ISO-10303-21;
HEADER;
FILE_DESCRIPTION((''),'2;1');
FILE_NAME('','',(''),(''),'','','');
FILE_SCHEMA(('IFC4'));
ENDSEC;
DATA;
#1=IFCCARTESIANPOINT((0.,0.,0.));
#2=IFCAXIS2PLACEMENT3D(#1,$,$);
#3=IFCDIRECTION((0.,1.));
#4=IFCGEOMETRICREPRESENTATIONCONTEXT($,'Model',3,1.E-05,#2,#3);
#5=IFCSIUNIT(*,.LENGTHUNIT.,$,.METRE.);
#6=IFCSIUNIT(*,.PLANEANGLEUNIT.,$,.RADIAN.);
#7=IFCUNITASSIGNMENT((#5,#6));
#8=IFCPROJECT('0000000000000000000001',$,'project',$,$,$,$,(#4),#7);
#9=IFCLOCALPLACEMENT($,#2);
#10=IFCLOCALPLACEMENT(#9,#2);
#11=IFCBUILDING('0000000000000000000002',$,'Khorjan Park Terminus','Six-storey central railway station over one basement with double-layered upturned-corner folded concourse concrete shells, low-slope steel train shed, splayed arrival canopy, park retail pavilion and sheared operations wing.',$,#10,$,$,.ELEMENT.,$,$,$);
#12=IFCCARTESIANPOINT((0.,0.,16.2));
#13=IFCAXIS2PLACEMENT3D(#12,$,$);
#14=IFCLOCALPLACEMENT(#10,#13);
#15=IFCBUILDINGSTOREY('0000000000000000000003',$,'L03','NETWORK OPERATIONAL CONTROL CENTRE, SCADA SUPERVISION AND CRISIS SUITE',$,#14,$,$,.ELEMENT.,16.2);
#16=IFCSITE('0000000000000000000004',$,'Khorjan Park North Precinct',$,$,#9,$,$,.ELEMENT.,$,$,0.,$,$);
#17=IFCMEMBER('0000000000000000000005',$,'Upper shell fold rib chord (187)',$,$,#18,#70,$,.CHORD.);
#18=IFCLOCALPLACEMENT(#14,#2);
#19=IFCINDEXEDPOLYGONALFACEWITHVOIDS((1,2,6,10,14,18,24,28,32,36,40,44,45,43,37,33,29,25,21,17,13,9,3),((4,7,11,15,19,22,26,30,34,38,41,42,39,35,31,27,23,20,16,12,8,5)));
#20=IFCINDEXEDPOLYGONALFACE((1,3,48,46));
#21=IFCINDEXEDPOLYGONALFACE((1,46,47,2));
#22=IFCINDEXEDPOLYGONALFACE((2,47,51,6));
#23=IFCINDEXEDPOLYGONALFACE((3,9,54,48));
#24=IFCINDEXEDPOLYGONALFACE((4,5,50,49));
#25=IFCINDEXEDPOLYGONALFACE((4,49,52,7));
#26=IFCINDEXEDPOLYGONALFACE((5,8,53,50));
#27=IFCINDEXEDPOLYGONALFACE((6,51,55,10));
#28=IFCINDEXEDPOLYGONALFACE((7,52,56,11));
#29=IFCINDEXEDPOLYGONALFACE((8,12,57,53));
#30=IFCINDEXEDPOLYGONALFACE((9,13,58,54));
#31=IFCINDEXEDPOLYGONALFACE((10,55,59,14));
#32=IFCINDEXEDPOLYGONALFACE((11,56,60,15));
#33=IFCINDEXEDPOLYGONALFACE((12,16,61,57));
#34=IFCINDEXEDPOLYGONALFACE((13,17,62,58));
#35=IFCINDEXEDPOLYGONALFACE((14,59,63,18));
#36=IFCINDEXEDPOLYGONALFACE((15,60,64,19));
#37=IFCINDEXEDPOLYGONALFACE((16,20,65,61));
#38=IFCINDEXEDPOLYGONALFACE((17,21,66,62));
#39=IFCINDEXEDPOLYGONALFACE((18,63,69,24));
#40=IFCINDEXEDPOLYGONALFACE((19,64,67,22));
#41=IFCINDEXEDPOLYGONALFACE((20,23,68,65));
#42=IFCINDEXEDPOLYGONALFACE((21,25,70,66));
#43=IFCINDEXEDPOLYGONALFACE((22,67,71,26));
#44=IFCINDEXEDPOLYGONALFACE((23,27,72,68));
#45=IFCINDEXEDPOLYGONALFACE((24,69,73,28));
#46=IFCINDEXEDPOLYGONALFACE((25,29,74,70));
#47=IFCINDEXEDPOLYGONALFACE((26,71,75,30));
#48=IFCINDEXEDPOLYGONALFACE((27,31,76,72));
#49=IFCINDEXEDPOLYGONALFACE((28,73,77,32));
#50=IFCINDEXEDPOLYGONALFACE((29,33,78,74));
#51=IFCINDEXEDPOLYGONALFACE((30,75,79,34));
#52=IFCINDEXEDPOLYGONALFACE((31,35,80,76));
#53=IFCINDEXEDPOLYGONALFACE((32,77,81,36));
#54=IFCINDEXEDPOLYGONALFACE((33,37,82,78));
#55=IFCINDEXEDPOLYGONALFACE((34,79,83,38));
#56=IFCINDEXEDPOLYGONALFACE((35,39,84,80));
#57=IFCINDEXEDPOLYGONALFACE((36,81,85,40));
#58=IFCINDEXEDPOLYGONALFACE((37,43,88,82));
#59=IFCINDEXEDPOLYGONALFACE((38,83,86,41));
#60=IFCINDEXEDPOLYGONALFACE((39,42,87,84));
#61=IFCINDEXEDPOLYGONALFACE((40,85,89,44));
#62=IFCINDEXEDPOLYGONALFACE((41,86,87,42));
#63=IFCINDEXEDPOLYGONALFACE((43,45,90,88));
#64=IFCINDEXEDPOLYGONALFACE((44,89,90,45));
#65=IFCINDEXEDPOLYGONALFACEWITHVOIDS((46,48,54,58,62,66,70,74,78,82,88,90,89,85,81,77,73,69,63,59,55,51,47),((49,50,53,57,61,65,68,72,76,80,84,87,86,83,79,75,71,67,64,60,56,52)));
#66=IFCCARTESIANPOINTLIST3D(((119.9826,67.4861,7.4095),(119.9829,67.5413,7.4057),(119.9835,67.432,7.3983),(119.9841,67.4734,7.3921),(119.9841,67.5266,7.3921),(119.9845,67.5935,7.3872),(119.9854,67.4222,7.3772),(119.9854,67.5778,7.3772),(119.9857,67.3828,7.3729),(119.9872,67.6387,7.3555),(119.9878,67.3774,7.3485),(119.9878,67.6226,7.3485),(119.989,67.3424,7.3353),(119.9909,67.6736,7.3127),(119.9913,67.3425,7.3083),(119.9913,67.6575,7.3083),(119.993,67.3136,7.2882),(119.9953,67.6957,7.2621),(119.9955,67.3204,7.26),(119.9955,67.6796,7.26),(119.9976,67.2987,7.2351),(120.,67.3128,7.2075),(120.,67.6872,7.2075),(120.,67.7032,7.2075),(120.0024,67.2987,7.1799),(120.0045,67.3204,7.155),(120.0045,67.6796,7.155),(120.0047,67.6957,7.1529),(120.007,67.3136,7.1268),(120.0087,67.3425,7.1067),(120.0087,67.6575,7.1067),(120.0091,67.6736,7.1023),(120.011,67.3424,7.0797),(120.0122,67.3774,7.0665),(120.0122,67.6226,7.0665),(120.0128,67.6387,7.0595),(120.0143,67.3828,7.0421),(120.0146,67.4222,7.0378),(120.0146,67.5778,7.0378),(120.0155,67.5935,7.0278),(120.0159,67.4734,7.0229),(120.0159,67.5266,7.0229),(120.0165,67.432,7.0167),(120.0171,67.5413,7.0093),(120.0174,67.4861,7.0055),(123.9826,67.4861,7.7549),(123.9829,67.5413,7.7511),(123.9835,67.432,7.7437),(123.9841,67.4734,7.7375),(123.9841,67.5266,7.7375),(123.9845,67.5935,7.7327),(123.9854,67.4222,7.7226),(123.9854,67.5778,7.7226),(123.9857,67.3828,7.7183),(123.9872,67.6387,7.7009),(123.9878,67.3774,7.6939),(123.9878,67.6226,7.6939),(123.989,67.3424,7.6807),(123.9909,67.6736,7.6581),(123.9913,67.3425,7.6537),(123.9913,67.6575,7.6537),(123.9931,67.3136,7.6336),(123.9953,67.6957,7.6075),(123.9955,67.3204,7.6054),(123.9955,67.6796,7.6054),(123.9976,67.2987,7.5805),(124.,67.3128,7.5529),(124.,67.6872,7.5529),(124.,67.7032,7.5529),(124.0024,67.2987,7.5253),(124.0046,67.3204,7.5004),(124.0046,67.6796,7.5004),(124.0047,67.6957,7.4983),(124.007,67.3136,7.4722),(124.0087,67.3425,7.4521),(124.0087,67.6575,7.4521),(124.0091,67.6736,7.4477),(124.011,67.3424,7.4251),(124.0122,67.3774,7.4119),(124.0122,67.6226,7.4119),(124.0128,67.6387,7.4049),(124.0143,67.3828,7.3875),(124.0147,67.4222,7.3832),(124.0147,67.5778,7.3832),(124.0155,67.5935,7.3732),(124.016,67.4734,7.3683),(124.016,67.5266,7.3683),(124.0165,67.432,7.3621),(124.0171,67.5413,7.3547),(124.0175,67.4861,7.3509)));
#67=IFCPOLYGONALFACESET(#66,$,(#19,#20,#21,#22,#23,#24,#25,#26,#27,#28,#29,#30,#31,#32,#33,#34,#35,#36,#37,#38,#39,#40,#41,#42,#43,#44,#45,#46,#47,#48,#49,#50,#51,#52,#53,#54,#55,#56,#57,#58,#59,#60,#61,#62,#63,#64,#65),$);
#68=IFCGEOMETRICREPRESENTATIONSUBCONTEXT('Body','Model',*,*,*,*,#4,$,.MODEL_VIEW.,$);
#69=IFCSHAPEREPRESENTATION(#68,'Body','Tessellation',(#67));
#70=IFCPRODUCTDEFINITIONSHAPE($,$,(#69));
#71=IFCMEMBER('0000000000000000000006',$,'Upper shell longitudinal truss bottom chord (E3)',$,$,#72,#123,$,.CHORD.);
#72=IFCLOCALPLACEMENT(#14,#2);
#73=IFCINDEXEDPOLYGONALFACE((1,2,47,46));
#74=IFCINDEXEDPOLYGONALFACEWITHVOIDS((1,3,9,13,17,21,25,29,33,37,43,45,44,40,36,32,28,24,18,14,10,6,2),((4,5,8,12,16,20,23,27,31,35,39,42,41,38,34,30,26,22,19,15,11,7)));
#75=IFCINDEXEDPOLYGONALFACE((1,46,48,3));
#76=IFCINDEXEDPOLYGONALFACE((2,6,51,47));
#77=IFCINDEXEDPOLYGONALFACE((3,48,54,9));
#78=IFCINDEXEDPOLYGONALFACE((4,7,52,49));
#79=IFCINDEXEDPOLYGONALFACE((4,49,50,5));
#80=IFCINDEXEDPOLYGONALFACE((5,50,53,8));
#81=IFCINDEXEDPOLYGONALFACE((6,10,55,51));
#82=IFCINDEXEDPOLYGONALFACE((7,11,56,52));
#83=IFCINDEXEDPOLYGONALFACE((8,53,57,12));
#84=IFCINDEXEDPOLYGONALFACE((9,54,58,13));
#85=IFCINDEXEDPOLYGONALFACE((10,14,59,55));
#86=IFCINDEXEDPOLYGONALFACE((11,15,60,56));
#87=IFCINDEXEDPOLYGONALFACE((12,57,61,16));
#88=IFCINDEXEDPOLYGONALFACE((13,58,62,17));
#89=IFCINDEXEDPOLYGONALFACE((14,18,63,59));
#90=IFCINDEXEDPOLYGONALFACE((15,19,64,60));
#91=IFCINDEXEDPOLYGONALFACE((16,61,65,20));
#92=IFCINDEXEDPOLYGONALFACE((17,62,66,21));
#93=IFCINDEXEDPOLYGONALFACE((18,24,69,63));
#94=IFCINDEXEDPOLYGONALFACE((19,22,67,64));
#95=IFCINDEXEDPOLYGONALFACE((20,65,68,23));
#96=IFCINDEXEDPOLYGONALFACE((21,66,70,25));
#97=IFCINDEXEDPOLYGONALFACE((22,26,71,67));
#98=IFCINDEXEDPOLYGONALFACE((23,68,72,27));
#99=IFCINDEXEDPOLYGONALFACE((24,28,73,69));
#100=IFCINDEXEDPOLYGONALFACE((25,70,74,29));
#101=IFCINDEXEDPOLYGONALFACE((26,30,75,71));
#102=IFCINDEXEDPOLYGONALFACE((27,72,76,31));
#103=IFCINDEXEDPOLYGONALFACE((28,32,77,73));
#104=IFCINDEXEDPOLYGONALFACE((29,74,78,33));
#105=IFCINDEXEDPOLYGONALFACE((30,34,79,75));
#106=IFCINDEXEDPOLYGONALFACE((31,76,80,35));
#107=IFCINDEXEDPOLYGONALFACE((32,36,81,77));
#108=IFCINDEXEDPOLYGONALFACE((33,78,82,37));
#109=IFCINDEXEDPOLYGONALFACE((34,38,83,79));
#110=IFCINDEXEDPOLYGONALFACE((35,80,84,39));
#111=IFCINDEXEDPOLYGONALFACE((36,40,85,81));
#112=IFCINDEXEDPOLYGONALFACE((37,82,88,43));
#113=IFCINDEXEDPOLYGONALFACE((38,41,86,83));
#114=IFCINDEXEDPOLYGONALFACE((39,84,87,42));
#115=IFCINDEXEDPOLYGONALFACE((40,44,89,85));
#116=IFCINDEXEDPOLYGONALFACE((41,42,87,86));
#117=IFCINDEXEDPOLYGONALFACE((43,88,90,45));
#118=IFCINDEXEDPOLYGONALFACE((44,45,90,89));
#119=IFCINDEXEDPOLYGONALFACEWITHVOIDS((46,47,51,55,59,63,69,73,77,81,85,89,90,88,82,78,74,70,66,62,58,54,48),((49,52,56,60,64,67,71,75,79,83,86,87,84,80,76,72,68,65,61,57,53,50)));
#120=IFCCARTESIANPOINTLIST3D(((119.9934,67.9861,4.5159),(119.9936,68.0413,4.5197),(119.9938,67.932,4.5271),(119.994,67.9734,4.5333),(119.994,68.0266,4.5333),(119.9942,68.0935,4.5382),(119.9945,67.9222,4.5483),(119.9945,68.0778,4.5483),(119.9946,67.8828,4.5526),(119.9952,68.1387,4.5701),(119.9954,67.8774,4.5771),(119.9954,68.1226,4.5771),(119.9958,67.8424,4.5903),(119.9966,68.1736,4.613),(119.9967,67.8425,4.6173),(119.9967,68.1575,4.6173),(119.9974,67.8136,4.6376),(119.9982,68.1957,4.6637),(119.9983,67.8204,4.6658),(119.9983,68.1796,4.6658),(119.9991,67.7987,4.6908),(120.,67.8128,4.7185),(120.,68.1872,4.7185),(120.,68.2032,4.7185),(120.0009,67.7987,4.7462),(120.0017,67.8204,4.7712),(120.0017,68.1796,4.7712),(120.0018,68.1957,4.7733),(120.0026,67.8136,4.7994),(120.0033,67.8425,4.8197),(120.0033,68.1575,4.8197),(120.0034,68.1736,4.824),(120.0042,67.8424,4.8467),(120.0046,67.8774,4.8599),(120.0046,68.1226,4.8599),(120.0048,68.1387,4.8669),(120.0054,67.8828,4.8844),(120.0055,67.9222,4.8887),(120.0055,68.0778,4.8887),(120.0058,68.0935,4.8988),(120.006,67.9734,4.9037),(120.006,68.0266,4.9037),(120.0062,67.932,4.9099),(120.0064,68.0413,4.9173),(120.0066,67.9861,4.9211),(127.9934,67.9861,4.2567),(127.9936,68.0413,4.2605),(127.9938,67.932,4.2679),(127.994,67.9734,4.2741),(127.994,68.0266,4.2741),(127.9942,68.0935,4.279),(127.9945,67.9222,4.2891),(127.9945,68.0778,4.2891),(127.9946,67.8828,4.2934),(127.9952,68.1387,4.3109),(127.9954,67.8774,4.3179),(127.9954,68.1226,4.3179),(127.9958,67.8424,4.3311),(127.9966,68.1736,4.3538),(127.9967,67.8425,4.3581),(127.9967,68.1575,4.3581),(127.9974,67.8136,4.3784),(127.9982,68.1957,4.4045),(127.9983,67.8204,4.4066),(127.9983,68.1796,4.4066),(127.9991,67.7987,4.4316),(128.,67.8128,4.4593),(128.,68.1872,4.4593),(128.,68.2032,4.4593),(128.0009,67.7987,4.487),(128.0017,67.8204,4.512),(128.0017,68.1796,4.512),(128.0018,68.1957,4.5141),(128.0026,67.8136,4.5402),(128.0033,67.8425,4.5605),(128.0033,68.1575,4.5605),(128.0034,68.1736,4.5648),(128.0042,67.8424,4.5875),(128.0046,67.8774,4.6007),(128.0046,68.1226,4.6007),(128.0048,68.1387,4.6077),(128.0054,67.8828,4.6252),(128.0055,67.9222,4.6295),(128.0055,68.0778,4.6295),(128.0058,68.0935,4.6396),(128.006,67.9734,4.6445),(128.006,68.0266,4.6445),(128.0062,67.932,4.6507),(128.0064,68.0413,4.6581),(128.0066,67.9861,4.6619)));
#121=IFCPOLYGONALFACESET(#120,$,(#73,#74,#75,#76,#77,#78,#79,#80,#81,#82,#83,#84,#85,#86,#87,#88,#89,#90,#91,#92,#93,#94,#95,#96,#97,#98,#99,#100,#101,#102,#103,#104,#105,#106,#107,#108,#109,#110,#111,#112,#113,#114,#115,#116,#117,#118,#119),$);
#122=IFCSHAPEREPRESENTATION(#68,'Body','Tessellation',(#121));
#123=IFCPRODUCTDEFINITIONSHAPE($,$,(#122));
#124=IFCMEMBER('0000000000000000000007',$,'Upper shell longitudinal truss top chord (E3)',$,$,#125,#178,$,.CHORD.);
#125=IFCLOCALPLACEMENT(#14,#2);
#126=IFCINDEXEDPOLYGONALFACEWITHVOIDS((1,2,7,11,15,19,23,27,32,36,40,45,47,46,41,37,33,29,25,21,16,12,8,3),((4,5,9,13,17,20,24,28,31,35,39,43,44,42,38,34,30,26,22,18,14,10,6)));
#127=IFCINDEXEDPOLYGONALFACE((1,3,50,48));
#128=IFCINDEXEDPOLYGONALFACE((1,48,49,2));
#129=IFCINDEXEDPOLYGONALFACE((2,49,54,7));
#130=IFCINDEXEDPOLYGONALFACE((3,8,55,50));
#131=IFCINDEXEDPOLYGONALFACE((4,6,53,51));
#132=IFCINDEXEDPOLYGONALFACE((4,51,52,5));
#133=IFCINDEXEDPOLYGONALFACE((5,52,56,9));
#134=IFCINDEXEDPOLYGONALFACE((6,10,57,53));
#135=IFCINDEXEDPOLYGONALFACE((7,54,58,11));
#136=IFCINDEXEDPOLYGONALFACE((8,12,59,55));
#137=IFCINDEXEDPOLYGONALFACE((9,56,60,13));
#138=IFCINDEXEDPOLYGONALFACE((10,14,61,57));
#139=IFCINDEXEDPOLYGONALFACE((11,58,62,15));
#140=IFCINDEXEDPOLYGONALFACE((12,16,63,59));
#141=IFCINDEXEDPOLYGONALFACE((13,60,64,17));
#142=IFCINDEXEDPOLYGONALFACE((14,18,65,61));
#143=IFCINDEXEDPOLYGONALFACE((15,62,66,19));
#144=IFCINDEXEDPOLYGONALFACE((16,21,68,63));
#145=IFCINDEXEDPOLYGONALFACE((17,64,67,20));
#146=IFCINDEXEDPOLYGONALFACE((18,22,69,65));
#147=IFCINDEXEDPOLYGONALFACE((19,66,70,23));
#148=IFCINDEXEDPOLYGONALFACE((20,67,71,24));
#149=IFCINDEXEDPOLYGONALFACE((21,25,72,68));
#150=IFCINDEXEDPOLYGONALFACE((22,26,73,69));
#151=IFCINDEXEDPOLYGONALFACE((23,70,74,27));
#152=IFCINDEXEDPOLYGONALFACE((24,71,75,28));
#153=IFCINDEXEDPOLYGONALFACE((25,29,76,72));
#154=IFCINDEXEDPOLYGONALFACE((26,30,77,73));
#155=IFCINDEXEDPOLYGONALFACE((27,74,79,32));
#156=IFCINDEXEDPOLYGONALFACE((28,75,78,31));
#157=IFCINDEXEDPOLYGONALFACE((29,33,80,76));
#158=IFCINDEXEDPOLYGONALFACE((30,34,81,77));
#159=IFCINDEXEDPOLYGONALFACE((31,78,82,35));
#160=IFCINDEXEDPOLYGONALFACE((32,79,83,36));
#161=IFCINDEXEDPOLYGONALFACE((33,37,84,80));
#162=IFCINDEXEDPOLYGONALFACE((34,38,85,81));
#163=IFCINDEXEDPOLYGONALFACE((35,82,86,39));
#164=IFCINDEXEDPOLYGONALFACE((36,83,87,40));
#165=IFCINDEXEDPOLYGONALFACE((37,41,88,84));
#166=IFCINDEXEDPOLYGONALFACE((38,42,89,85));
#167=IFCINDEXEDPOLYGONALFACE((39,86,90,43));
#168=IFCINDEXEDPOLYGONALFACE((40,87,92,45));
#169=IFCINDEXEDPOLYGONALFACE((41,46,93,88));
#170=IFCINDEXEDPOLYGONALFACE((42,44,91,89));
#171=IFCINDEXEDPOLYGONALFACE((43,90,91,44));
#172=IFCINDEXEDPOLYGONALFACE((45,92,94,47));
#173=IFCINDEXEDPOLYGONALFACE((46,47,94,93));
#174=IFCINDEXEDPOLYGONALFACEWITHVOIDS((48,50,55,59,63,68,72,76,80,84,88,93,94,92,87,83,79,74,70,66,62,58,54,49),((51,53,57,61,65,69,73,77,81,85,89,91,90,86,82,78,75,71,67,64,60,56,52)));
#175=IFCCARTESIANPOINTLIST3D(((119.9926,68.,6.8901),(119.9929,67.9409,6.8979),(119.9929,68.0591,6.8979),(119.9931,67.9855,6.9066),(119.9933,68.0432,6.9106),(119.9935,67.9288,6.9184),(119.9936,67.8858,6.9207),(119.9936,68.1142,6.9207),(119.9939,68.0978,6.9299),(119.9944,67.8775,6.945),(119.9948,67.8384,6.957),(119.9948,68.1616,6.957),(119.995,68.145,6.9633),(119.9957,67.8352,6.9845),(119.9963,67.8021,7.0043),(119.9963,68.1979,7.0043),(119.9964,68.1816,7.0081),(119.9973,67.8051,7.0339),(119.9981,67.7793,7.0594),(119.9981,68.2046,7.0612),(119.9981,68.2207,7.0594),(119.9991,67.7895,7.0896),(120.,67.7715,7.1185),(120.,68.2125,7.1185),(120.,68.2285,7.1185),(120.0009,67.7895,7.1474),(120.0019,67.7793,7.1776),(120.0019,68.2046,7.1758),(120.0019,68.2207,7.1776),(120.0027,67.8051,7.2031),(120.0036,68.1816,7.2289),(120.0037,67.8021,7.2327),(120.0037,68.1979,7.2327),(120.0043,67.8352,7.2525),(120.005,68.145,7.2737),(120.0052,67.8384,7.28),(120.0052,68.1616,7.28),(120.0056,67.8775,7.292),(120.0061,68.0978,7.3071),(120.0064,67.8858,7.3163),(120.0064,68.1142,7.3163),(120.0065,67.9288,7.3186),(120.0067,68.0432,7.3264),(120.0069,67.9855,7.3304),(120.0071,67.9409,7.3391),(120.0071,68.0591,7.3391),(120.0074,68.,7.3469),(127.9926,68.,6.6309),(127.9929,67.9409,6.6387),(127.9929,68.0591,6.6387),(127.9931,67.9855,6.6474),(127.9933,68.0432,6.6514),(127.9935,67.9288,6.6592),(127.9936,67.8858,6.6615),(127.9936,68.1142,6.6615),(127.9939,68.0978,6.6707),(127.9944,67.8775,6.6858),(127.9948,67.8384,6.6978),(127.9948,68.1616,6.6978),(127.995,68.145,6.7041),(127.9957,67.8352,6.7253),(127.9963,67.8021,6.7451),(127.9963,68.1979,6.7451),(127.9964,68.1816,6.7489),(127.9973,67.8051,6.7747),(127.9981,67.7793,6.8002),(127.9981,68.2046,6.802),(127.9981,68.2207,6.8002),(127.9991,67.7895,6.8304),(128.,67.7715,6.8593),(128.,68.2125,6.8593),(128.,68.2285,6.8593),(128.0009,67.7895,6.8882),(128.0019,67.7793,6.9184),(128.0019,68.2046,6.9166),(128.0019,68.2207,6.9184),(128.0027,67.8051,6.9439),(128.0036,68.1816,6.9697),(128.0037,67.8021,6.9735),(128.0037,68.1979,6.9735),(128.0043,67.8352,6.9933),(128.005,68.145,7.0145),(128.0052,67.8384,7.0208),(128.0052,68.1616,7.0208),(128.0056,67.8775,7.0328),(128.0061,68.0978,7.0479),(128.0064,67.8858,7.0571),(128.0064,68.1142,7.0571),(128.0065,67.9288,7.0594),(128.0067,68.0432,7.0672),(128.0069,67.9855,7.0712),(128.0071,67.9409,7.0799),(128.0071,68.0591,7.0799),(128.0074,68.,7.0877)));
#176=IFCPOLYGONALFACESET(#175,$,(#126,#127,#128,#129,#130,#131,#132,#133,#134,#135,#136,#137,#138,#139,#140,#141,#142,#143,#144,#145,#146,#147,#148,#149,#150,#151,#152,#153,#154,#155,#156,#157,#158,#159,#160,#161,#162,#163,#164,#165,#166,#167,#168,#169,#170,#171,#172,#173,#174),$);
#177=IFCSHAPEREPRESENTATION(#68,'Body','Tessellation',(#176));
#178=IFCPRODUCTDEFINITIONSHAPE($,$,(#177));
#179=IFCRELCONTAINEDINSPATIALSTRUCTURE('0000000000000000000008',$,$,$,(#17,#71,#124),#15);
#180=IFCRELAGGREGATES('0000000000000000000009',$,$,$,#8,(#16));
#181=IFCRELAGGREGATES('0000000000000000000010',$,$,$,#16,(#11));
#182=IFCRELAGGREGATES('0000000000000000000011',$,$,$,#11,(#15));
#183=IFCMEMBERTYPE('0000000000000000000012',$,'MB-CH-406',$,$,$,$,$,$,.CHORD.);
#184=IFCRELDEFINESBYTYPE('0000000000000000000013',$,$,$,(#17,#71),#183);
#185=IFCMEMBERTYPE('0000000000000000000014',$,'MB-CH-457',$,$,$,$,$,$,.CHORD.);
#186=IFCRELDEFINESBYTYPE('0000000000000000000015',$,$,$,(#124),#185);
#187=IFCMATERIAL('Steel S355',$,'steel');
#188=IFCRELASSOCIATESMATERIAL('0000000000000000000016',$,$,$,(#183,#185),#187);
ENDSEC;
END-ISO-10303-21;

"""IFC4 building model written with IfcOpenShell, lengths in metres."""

from ifc_helpers import new_model, si_unit, direction, frame, origin, origin_2d, place, context, subcontext, project, spatial, hollow_circle, extrude, material, material_profile, profile_set, type_object, element, save


model = new_model("IFC4")

# Units and contexts
model_context = context("Model", 3, precision=1e-05, world=origin(), true_north=direction((0.0, 1.0)))
body_context = subcontext(model_context, "Body", "Model", "MODEL_VIEW")
ifc_project = project(units=[si_unit("LENGTHUNIT", "METRE"), si_unit("PLANEANGLEUNIT", "RADIAN")], contexts=[model_context])

# Site, building, storey
site_placement = place(None, origin())
site = spatial("IfcSite", under=ifc_project, at=site_placement, Name="Khorjan Park North Precinct", CompositionType="ELEMENT", RefElevation=0.0)
building_placement = place(site_placement, origin())
building = spatial("IfcBuilding", under=site, at=building_placement, Name="Khorjan Park Terminus", Description="Six-storey central railway station over one basement with double-layered upturned-corner folded concourse concrete shells, low-slope steel train shed, splayed arrival canopy, park retail pavilion and sheared operations wing.", CompositionType="ELEMENT")
storey_placement = place(building_placement, frame((0.0, 0.0, 16.2)))
storey = spatial("IfcBuildingStorey", under=building, at=storey_placement, Name="L03", Description="NETWORK OPERATIONAL CONTROL CENTRE, SCADA SUPERVISION AND CRISIS SUITE", CompositionType="ELEMENT", Elevation=16.2)

# Members
ifc_material = material(Name="Steel S355", Category="steel")
ifc_material_profile_1 = material_profile(ifc_material, hollow_circle(Radius=0.2032, WallThickness=0.016, at=origin_2d()), Name="CHS 406.4x16")
ifc_profile_set_1 = profile_set([ifc_material_profile_1], Name="Steel S355")
member_type_1 = type_object("IfcMemberType", Name="MB-CH-406", PredefinedType="CHORD", material=ifc_profile_set_1)
member_1_placement = place(storey_placement, frame((120.0, 67.5, 7.2075), z_axis=(0.996293, 0.0, 0.08603), x_axis=(0.0, 1.0, 0.0)))
element("IfcMember", 1, at=member_1_placement, inside=storey, type_object=member_type_1, Name="Upper shell fold rib chord (187)", PredefinedType="CHORD", context=body_context, shape_type="SweptSolid", body=[
    extrude(hollow_circle(Radius=0.2032, WallThickness=0.016, at=origin_2d()), origin(), (0.0, 0.0, 1.0), 4.0149),
])
member_2_placement = place(storey_placement, frame((120.0, 68.0, 4.7185), z_axis=(0.999476, 0.0, -0.032383), x_axis=(0.0, 1.0, 0.0)))
element("IfcMember", 2, at=member_2_placement, inside=storey, type_object=member_type_1, Name="Upper shell longitudinal truss bottom chord (E3)", PredefinedType="CHORD", context=body_context, shape_type="SweptSolid", body=[
    extrude(hollow_circle(Radius=0.2032, WallThickness=0.016, at=origin_2d()), origin(), (0.0, 0.0, 1.0), 8.0042),
])
ifc_material_profile_2 = material_profile(ifc_material, hollow_circle(Radius=0.2285, WallThickness=0.016, at=origin_2d()), Name="CHS 457x16")
ifc_profile_set_2 = profile_set([ifc_material_profile_2], Name="Steel S355")
member_type_2 = type_object("IfcMemberType", Name="MB-CH-457", PredefinedType="CHORD", material=ifc_profile_set_2)
member_3_placement = place(storey_placement, frame((120.0, 68.0, 7.1185), z_axis=(0.999476, 0.0, -0.032383), x_axis=(0.0, 1.0, 0.0)))
element("IfcMember", 3, at=member_3_placement, inside=storey, type_object=member_type_2, Name="Upper shell longitudinal truss top chord (E3)", PredefinedType="CHORD", context=body_context, shape_type="SweptSolid", body=[
    extrude(hollow_circle(Radius=0.2285, WallThickness=0.016, at=origin_2d()), origin(), (0.0, 0.0, 1.0), 8.0042),
])

save(model, "model.ifc")
